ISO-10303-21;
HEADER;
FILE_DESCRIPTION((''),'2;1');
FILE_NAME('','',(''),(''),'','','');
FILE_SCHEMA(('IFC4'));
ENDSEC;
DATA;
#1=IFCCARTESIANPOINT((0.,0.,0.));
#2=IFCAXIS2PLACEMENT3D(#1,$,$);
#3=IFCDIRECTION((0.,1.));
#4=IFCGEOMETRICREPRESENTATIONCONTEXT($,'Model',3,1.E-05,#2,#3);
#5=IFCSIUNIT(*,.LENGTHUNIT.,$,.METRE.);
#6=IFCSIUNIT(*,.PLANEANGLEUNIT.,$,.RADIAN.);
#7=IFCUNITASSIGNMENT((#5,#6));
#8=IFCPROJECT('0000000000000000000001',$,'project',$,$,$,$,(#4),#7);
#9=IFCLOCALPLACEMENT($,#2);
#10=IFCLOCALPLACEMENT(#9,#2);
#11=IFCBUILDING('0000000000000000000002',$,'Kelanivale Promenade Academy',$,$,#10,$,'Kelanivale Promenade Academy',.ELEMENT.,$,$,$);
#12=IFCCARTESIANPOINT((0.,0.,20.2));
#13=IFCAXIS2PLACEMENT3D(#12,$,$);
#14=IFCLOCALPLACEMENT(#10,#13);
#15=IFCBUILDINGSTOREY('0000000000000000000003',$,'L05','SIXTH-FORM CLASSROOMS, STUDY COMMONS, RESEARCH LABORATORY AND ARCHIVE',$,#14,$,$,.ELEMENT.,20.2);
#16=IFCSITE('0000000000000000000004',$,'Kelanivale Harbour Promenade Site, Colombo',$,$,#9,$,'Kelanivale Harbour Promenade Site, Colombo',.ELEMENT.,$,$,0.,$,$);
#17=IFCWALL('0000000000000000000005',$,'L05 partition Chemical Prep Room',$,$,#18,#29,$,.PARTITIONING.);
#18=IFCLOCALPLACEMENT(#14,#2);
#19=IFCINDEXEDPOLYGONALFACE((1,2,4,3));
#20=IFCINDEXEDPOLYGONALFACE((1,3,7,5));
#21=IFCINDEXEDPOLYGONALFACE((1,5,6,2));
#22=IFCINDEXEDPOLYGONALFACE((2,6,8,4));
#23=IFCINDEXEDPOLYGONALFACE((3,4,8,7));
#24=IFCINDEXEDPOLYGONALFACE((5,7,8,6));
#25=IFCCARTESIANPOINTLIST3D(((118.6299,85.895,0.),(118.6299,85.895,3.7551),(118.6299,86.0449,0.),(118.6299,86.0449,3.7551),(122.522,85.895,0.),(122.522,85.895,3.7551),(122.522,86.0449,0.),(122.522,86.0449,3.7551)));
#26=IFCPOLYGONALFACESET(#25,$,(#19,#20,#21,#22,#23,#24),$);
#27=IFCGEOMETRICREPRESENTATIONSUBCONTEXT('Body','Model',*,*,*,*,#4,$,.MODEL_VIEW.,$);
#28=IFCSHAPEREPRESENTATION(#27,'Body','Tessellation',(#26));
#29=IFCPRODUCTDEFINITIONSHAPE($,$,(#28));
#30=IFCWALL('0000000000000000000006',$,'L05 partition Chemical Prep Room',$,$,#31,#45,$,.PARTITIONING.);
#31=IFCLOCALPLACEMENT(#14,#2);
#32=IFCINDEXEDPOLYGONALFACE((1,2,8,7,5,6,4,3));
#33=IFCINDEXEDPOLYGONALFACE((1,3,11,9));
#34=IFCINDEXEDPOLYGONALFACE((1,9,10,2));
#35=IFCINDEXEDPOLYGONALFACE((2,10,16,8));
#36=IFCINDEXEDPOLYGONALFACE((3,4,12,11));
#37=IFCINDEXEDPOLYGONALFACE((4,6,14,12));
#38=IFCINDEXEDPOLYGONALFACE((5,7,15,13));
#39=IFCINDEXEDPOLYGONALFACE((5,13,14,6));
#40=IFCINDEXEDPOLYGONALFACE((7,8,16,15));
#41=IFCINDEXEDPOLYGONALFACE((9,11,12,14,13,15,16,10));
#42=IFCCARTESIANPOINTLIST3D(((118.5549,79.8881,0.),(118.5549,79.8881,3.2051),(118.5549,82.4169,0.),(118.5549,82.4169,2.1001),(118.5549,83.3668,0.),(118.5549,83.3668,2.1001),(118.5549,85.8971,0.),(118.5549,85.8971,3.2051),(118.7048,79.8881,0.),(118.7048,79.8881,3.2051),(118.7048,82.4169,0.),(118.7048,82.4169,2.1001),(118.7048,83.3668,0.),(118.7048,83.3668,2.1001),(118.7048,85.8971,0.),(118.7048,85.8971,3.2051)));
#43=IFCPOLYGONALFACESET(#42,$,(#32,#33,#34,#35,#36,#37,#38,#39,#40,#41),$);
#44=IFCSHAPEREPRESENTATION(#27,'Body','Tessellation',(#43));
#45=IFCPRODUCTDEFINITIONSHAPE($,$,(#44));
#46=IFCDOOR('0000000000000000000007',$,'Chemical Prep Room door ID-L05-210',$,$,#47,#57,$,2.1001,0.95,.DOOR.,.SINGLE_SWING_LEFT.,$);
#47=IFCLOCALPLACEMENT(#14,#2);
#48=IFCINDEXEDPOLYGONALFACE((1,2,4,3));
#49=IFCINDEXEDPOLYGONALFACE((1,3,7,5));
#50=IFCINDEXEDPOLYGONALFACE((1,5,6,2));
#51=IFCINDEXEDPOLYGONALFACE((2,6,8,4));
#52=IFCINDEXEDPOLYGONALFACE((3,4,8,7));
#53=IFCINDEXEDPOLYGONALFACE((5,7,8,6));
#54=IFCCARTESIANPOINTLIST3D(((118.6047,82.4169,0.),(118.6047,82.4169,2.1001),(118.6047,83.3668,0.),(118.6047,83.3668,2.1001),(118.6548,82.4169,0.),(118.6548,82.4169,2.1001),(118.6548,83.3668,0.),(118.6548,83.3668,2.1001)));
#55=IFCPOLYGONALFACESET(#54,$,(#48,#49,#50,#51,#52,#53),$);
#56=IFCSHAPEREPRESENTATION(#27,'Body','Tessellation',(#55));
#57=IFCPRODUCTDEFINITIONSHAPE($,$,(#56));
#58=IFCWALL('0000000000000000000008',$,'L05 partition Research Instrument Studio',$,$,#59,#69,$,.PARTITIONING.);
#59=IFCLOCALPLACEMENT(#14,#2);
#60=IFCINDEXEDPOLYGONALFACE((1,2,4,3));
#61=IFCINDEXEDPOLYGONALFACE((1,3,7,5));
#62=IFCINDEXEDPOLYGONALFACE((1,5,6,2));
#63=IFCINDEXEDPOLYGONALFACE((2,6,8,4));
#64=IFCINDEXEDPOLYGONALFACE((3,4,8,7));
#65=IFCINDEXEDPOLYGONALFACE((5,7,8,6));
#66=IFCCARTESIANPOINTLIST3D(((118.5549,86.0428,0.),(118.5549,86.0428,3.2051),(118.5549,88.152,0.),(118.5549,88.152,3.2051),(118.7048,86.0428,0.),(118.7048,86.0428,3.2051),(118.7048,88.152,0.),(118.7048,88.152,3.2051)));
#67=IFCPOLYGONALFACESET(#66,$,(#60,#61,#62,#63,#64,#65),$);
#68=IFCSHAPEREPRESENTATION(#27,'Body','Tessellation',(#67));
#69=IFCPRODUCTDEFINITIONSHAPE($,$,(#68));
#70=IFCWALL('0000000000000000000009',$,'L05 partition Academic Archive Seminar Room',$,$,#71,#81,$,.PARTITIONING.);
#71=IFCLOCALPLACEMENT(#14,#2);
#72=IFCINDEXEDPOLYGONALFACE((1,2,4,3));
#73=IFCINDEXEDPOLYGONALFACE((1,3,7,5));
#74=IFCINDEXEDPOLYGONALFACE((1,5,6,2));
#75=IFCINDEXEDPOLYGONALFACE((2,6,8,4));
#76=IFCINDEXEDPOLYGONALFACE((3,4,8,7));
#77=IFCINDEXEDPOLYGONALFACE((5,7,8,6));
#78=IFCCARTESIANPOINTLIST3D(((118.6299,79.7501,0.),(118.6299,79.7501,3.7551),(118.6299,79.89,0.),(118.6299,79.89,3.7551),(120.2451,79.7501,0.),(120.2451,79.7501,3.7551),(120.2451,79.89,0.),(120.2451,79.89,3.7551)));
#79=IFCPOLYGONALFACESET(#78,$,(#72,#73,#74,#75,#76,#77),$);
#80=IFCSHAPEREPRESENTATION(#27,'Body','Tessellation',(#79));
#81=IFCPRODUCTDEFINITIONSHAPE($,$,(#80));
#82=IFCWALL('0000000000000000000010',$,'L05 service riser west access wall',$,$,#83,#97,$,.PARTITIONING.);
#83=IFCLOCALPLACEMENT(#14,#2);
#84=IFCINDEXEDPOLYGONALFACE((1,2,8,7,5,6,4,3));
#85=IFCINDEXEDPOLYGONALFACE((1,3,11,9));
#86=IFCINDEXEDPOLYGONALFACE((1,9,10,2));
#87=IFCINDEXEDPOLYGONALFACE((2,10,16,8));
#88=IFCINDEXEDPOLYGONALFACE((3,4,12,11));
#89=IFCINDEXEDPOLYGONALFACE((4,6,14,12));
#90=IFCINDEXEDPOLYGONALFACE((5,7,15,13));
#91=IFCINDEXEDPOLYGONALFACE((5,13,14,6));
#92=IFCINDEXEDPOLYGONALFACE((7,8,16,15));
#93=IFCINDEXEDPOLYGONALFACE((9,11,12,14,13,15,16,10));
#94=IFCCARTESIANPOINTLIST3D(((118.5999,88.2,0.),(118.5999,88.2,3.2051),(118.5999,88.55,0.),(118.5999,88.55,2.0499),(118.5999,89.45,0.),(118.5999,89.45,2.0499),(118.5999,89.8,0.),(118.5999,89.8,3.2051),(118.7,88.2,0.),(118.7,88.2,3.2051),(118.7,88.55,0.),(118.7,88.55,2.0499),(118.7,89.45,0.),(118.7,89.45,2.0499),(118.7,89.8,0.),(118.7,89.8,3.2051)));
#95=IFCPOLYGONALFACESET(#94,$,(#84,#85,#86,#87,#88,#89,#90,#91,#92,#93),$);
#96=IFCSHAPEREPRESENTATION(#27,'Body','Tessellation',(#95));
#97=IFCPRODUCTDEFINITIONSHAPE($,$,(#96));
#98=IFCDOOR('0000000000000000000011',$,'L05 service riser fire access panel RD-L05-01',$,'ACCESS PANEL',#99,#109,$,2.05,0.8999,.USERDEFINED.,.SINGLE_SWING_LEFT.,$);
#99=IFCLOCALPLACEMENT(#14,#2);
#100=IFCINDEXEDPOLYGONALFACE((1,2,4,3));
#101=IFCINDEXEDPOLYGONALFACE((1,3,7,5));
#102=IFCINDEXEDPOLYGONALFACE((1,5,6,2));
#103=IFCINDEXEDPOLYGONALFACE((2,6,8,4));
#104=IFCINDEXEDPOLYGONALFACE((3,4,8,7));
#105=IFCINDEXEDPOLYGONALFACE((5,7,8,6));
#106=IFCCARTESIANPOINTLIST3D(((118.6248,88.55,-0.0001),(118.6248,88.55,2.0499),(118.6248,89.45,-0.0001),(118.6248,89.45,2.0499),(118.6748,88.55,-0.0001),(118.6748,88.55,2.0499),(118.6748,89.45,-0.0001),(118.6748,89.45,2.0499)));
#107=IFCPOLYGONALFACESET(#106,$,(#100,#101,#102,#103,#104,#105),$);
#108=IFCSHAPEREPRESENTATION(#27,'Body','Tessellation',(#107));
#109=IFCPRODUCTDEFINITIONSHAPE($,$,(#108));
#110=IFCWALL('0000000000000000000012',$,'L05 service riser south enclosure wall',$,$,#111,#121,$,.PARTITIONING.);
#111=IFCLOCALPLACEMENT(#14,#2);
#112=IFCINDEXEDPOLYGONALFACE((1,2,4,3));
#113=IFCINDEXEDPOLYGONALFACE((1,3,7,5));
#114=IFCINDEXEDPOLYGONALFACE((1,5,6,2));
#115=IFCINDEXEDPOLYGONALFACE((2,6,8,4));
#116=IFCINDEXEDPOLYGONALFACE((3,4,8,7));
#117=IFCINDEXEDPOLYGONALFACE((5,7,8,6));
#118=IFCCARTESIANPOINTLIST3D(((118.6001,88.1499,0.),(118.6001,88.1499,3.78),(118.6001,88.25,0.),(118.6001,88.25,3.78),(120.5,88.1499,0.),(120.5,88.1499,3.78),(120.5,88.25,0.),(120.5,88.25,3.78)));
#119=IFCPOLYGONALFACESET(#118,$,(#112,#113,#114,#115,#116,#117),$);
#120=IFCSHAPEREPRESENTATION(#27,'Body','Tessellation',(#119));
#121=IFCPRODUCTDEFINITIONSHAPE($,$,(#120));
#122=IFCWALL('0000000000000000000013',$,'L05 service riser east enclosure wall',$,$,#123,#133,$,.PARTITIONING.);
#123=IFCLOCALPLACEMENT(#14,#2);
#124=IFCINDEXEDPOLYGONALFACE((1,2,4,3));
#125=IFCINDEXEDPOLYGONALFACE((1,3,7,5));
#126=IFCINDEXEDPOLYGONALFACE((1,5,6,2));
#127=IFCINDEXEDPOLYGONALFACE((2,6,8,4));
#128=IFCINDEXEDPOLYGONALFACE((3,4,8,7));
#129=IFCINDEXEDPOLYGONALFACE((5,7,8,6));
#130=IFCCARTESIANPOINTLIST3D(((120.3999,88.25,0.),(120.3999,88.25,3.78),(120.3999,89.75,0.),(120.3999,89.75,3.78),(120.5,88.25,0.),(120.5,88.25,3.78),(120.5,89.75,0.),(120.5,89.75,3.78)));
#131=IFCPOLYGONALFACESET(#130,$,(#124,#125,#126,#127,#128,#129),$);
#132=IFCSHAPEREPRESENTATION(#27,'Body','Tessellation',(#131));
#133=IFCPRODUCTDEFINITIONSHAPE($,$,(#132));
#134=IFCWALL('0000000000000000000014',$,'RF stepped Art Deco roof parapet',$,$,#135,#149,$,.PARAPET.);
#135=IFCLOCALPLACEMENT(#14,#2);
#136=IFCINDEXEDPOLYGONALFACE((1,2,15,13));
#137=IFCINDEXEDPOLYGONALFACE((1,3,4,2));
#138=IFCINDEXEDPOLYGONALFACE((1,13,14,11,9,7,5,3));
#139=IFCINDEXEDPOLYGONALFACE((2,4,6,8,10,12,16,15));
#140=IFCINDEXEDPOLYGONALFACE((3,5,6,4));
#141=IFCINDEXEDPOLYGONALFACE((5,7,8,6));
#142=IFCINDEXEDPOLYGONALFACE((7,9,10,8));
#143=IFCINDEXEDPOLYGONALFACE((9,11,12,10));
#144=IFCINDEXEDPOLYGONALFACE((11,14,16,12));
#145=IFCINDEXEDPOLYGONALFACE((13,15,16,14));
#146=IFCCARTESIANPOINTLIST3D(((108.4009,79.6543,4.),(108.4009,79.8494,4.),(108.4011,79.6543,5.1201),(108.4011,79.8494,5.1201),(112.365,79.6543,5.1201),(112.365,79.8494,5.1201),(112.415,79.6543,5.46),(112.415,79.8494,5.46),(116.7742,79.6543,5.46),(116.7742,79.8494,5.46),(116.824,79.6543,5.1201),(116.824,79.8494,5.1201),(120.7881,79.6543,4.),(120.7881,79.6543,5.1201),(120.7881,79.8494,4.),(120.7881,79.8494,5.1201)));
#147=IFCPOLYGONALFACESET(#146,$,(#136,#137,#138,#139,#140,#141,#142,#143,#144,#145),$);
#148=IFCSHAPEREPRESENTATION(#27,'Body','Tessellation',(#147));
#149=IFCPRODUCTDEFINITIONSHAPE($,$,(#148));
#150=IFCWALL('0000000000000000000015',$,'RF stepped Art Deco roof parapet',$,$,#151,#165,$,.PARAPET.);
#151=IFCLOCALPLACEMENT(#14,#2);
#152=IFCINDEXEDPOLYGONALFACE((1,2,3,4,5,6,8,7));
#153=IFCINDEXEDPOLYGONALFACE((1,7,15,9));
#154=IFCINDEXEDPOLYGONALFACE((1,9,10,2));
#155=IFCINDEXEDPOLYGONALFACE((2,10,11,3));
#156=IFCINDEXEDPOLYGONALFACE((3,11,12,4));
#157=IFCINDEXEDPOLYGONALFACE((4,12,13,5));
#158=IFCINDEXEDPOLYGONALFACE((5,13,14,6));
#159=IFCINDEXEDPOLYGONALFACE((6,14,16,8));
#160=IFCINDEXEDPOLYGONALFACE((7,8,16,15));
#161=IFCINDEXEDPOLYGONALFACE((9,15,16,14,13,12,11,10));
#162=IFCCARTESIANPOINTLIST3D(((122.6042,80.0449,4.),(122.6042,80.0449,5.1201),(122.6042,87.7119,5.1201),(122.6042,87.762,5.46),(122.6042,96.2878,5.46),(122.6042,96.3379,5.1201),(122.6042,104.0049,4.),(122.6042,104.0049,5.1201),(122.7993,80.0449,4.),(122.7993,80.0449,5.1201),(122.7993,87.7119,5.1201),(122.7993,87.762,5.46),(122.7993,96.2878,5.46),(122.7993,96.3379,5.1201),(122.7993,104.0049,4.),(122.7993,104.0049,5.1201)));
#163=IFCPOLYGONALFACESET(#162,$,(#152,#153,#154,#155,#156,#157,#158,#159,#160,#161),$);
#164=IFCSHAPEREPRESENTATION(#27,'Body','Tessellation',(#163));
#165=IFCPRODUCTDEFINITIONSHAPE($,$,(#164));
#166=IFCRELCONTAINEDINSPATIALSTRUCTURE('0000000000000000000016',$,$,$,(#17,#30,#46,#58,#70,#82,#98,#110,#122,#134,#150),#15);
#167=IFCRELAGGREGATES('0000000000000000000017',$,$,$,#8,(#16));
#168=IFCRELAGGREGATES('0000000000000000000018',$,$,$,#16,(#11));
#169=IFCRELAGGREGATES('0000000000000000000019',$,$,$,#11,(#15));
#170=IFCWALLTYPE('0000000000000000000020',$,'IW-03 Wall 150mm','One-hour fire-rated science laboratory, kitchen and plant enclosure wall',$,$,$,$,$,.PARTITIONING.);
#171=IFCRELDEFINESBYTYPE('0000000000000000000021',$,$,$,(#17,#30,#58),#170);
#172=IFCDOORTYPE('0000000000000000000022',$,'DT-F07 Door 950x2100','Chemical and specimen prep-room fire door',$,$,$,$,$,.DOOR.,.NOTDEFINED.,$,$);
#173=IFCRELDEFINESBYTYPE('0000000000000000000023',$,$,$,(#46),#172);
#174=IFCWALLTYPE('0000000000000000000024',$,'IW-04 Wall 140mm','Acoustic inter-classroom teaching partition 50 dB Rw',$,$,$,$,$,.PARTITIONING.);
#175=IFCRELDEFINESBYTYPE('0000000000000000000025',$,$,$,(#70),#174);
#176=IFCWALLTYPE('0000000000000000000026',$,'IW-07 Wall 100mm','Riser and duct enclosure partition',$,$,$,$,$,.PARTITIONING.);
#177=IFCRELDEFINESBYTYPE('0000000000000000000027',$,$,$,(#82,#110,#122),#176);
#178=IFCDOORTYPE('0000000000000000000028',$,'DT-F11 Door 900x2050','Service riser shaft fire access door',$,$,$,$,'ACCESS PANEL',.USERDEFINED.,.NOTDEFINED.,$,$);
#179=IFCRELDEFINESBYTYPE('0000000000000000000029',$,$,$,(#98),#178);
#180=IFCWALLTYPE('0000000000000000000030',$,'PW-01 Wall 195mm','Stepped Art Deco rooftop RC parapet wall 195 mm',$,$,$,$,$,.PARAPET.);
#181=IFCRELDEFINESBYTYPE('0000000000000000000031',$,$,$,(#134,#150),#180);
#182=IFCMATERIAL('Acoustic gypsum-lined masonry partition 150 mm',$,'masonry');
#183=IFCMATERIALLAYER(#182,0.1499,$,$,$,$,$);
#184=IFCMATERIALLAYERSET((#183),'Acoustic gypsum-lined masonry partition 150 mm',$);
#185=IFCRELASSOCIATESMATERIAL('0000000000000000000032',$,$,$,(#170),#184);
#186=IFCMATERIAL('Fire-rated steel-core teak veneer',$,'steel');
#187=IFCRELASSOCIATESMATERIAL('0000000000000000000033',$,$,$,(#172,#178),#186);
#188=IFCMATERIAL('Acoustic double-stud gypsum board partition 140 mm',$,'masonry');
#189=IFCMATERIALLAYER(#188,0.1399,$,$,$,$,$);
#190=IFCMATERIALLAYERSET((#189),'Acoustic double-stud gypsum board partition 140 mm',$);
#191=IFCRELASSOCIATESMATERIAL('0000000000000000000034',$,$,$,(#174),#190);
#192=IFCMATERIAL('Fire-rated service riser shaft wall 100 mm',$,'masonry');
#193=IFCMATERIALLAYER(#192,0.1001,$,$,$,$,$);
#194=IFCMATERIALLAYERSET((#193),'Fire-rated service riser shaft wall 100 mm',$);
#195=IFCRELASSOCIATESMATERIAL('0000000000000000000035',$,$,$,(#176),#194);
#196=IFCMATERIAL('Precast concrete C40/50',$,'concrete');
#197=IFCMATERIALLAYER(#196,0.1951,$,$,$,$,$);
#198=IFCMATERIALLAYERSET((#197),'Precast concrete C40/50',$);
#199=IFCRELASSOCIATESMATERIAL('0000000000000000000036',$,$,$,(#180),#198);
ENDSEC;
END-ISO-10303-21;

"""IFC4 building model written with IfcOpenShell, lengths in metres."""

from ifc_helpers import new_model, si_unit, direction, frame, frame_2d, origin, place, context, subcontext, project, spatial, polyline, rectangle, outline, extrude, material, layer, layer_set, type_object, element, fill, save


model = new_model("IFC4")

# Units and contexts
model_context = context("Model", 3, precision=1e-05, world=origin(), true_north=direction((0.0, 1.0)))
body_context = subcontext(model_context, "Body", "Model", "MODEL_VIEW")
ifc_project = project(units=[si_unit("LENGTHUNIT", "METRE"), si_unit("PLANEANGLEUNIT", "RADIAN")], contexts=[model_context])

# Site, building, storey
site_placement = place(None, origin())
site = spatial("IfcSite", under=ifc_project, at=site_placement, Name="Kelanivale Harbour Promenade Site, Colombo", LongName="Kelanivale Harbour Promenade Site, Colombo", CompositionType="ELEMENT", RefElevation=0.0)
building_placement = place(site_placement, origin())
building = spatial("IfcBuilding", under=site, at=building_placement, Name="Kelanivale Promenade Academy", LongName="Kelanivale Promenade Academy", CompositionType="ELEMENT")
storey_placement = place(building_placement, frame((0.0, 0.0, 20.2)))
storey = spatial("IfcBuildingStorey", under=building, at=storey_placement, Name="L05", Description="SIXTH-FORM CLASSROOMS, STUDY COMMONS, RESEARCH LABORATORY AND ARCHIVE", CompositionType="ELEMENT", Elevation=20.2)

# Wall
ifc_material_1 = material(Name="Acoustic gypsum-lined masonry partition 150 mm", Category="masonry")
ifc_layer_1 = layer(ifc_material_1, 0.1499)
ifc_layer_set_1 = layer_set([ifc_layer_1], Name="Acoustic gypsum-lined masonry partition 150 mm")
wall_type_1 = type_object("IfcWallType", Name="IW-03 Wall 150mm", Description="One-hour fire-rated science laboratory, kitchen and plant enclosure wall", PredefinedType="PARTITIONING", material=ifc_layer_set_1)
wall_1_placement = place(storey_placement, frame((122.522, 85.97, 0.0), z_axis=(0.0, 0.0, 1.0), x_axis=(-1.0, 0.0, 0.0)))
element("IfcWall", 1, at=wall_1_placement, inside=storey, type_object=wall_type_1, Name="L05 partition Chemical Prep Room", PredefinedType="PARTITIONING", context=body_context, shape_type="SweptSolid", body=[
    extrude(rectangle(XDim=3.8921, YDim=0.1499, at=frame_2d((1.946, 0.0))), origin(), (0.0, 0.0, 1.0), 3.7551),
])

# Wall, opening, door
wall_2_placement = place(storey_placement, frame((118.6299, 85.897, 0.0), z_axis=(0.0, 0.0, 1.0), x_axis=(0.0, -1.0, 0.0)))
wall_2 = element("IfcWall", 2, at=wall_2_placement, inside=storey, type_object=wall_type_1, Name="L05 partition Chemical Prep Room", PredefinedType="PARTITIONING", context=body_context, shape_type="SweptSolid", body=[
    extrude(rectangle(XDim=6.009, YDim=0.1499, at=frame_2d((3.0044, 0.0))), origin(), (0.0, 0.0, 1.0), 3.2051),
])
opening_1_placement = place(wall_2_placement, frame((2.53, 0.0, 0.0)))
opening_1 = element("IfcOpeningElement", 3, at=opening_1_placement, cuts=wall_2, PredefinedType="OPENING", context=body_context, shape_type="SweptSolid", body=[
    extrude(rectangle(XDim=0.95, YDim=2.1001, at=frame_2d((0.4751, 1.05))), frame((0.0, 0.085, 0.0), z_axis=(0.0, -1.0, 0.0), x_axis=(1.0, 0.0, 0.0)), (0.0, 0.0, 1.0), 0.1699),
])
ifc_material_2 = material(Name="Fire-rated steel-core teak veneer", Category="steel")
door_type_1 = type_object("IfcDoorType", Name="DT-F07 Door 950x2100", Description="Chemical and specimen prep-room fire door", OperationType="NOTDEFINED", PredefinedType="DOOR", material=ifc_material_2)
door_1_placement = place(opening_1_placement, origin())
door_1 = element("IfcDoor", 4, at=door_1_placement, inside=storey, type_object=door_type_1, Name="Chemical Prep Room door ID-L05-210", OperationType="SINGLE_SWING_LEFT", OverallHeight=2.1001, OverallWidth=0.95, PredefinedType="DOOR", context=body_context, shape_type="SweptSolid", body=[
    extrude(rectangle(XDim=0.95, YDim=2.1001, at=frame_2d((0.4751, 1.05))), frame((0.0, 0.0249, 0.0), z_axis=(0.0, -1.0, 0.0), x_axis=(1.0, 0.0, 0.0)), (0.0, 0.0, 1.0), 0.05),
])
fill(opening_1, door_1)

# Walls
wall_3_placement = place(storey_placement, frame((118.6299, 88.1521, 0.0), z_axis=(0.0, 0.0, 1.0), x_axis=(0.0, -1.0, 0.0)))
element("IfcWall", 5, at=wall_3_placement, inside=storey, type_object=wall_type_1, Name="L05 partition Research Instrument Studio", PredefinedType="PARTITIONING", context=body_context, shape_type="SweptSolid", body=[
    extrude(rectangle(XDim=2.1091, YDim=0.1499, at=frame_2d((1.0547, 0.0))), origin(), (0.0, 0.0, 1.0), 3.2051),
])
ifc_material_3 = material(Name="Acoustic double-stud gypsum board partition 140 mm", Category="masonry")
ifc_layer_2 = layer(ifc_material_3, 0.1399)
ifc_layer_set_2 = layer_set([ifc_layer_2], Name="Acoustic double-stud gypsum board partition 140 mm")
wall_type_2 = type_object("IfcWallType", Name="IW-04 Wall 140mm", Description="Acoustic inter-classroom teaching partition 50 dB Rw", PredefinedType="PARTITIONING", material=ifc_layer_set_2)
wall_4_placement = place(storey_placement, frame((120.2451, 79.8201, 0.0), z_axis=(0.0, 0.0, 1.0), x_axis=(-1.0, 0.0, 0.0)))
element("IfcWall", 6, at=wall_4_placement, inside=storey, type_object=wall_type_2, Name="L05 partition Academic Archive Seminar Room", PredefinedType="PARTITIONING", context=body_context, shape_type="SweptSolid", body=[
    extrude(rectangle(XDim=1.6152, YDim=0.1399, at=frame_2d((0.8076, 0.0))), origin(), (0.0, 0.0, 1.0), 3.7551),
])

# Wall, opening, door
ifc_material_4 = material(Name="Fire-rated service riser shaft wall 100 mm", Category="masonry")
ifc_layer_3 = layer(ifc_material_4, 0.1001)
ifc_layer_set_3 = layer_set([ifc_layer_3], Name="Fire-rated service riser shaft wall 100 mm")
wall_type_3 = type_object("IfcWallType", Name="IW-07 Wall 100mm", Description="Riser and duct enclosure partition", PredefinedType="PARTITIONING", material=ifc_layer_set_3)
wall_5_placement = place(storey_placement, frame((118.6499, 88.2, 0.0), z_axis=(0.0, 0.0, 1.0), x_axis=(0.0, 1.0, 0.0)))
wall_5 = element("IfcWall", 7, at=wall_5_placement, inside=storey, type_object=wall_type_3, Name="L05 service riser west access wall", PredefinedType="PARTITIONING", context=body_context, shape_type="SweptSolid", body=[
    extrude(rectangle(XDim=1.6001, YDim=0.1001, at=frame_2d((0.8, 0.0))), origin(), (0.0, 0.0, 1.0), 3.2051),
])
opening_2_placement = place(wall_5_placement, frame((0.3501, 0.0, 0.0)))
opening_2 = element("IfcOpeningElement", 8, at=opening_2_placement, cuts=wall_5, PredefinedType="OPENING", context=body_context, shape_type="SweptSolid", body=[
    extrude(rectangle(XDim=0.8999, YDim=2.05, at=frame_2d((0.45, 1.0249))), frame((0.0, 0.0601, 0.0), z_axis=(0.0, -1.0, 0.0), x_axis=(1.0, 0.0, 0.0)), (0.0, 0.0, 1.0), 0.1201),
])
door_type_2 = type_object("IfcDoorType", Name="DT-F11 Door 900x2050", Description="Service riser shaft fire access door", ElementType="ACCESS PANEL", OperationType="NOTDEFINED", PredefinedType="USERDEFINED", material=ifc_material_2)
door_2_placement = place(opening_2_placement, frame((0.8999, 0.0, 0.0), z_axis=(0.0, 0.0, 1.0), x_axis=(-1.0, 0.0, 0.0)))
door_2 = element("IfcDoor", 9, at=door_2_placement, inside=storey, type_object=door_type_2, Name="L05 service riser fire access panel RD-L05-01", ObjectType="ACCESS PANEL", OperationType="SINGLE_SWING_LEFT", OverallHeight=2.05, OverallWidth=0.8999, PredefinedType="USERDEFINED", context=body_context, shape_type="SweptSolid", body=[
    extrude(rectangle(XDim=0.8999, YDim=2.05, at=frame_2d((0.45, 1.0249))), frame((0.0, 0.0249, 0.0), z_axis=(0.0, -1.0, 0.0), x_axis=(1.0, 0.0, 0.0)), (0.0, 0.0, 1.0), 0.05),
])
fill(opening_2, door_2)

# Walls
wall_6_placement = place(storey_placement, frame((118.6001, 88.2, 0.0), z_axis=(0.0, 0.0, 1.0), x_axis=(1.0, 0.0, 0.0)))
element("IfcWall", 10, at=wall_6_placement, inside=storey, type_object=wall_type_3, Name="L05 service riser south enclosure wall", PredefinedType="PARTITIONING", context=body_context, shape_type="SweptSolid", body=[
    extrude(rectangle(XDim=1.8999, YDim=0.1001, at=frame_2d((0.95, 0.0))), origin(), (0.0, 0.0, 1.0), 3.78),
])
wall_7_placement = place(storey_placement, frame((120.45, 88.25, 0.0), z_axis=(0.0, 0.0, 1.0), x_axis=(0.0, 1.0, 0.0)))
element("IfcWall", 11, at=wall_7_placement, inside=storey, type_object=wall_type_3, Name="L05 service riser east enclosure wall", PredefinedType="PARTITIONING", context=body_context, shape_type="SweptSolid", body=[
    extrude(rectangle(XDim=1.5, YDim=0.1001, at=frame_2d((0.75, 0.0))), origin(), (0.0, 0.0, 1.0), 3.78),
])
ifc_material_5 = material(Name="Precast concrete C40/50", Category="concrete")
ifc_layer_4 = layer(ifc_material_5, 0.1951)
ifc_layer_set_4 = layer_set([ifc_layer_4], Name="Precast concrete C40/50")
wall_type_4 = type_object("IfcWallType", Name="PW-01 Wall 195mm", Description="Stepped Art Deco rooftop RC parapet wall 195 mm", PredefinedType="PARAPET", material=ifc_layer_set_4)
wall_8_placement = place(storey_placement, frame((120.7881, 79.752, 4.0), z_axis=(0.0, 0.0, 1.0), x_axis=(-1.0, 0.0, 0.0)))
element("IfcWall", 12, at=wall_8_placement, inside=storey, type_object=wall_type_4, Name="RF stepped Art Deco roof parapet", PredefinedType="PARAPET", context=body_context, shape_type="SweptSolid", body=[
    extrude(outline(polyline([(0.0, 0.0), (12.3872, 0.0), (12.387, 1.1201), (8.4231, 1.1201), (8.373, 1.46), (4.0139, 1.46), (3.9641, 1.1201), (0.0, 1.1201), (0.0, 0.0)])), frame((0.0, 0.0977, 0.0), z_axis=(0.0, -1.0, 0.0), x_axis=(1.0, 0.0, 0.0)), (0.0, 0.0, 1.0), 0.1951),
])
wall_9_placement = place(storey_placement, frame((122.7019, 80.0449, 4.0), z_axis=(0.0, 0.0, 1.0), x_axis=(0.0, 1.0, 0.0)))
element("IfcWall", 13, at=wall_9_placement, inside=storey, type_object=wall_type_4, Name="RF stepped Art Deco roof parapet", PredefinedType="PARAPET", context=body_context, shape_type="SweptSolid", body=[
    extrude(outline(polyline([(0.0, 0.0), (23.96, 0.0), (23.96, 1.1201), (16.293, 1.1201), (16.2429, 1.46), (7.717, 1.46), (7.667, 1.1201), (0.0, 1.1201), (0.0, 0.0)])), frame((0.0, 0.0977, 0.0), z_axis=(0.0, -1.0, 0.0), x_axis=(1.0, 0.0, 0.0)), (0.0, 0.0, 1.0), 0.1951),
])

save(model, "model.ifc")
